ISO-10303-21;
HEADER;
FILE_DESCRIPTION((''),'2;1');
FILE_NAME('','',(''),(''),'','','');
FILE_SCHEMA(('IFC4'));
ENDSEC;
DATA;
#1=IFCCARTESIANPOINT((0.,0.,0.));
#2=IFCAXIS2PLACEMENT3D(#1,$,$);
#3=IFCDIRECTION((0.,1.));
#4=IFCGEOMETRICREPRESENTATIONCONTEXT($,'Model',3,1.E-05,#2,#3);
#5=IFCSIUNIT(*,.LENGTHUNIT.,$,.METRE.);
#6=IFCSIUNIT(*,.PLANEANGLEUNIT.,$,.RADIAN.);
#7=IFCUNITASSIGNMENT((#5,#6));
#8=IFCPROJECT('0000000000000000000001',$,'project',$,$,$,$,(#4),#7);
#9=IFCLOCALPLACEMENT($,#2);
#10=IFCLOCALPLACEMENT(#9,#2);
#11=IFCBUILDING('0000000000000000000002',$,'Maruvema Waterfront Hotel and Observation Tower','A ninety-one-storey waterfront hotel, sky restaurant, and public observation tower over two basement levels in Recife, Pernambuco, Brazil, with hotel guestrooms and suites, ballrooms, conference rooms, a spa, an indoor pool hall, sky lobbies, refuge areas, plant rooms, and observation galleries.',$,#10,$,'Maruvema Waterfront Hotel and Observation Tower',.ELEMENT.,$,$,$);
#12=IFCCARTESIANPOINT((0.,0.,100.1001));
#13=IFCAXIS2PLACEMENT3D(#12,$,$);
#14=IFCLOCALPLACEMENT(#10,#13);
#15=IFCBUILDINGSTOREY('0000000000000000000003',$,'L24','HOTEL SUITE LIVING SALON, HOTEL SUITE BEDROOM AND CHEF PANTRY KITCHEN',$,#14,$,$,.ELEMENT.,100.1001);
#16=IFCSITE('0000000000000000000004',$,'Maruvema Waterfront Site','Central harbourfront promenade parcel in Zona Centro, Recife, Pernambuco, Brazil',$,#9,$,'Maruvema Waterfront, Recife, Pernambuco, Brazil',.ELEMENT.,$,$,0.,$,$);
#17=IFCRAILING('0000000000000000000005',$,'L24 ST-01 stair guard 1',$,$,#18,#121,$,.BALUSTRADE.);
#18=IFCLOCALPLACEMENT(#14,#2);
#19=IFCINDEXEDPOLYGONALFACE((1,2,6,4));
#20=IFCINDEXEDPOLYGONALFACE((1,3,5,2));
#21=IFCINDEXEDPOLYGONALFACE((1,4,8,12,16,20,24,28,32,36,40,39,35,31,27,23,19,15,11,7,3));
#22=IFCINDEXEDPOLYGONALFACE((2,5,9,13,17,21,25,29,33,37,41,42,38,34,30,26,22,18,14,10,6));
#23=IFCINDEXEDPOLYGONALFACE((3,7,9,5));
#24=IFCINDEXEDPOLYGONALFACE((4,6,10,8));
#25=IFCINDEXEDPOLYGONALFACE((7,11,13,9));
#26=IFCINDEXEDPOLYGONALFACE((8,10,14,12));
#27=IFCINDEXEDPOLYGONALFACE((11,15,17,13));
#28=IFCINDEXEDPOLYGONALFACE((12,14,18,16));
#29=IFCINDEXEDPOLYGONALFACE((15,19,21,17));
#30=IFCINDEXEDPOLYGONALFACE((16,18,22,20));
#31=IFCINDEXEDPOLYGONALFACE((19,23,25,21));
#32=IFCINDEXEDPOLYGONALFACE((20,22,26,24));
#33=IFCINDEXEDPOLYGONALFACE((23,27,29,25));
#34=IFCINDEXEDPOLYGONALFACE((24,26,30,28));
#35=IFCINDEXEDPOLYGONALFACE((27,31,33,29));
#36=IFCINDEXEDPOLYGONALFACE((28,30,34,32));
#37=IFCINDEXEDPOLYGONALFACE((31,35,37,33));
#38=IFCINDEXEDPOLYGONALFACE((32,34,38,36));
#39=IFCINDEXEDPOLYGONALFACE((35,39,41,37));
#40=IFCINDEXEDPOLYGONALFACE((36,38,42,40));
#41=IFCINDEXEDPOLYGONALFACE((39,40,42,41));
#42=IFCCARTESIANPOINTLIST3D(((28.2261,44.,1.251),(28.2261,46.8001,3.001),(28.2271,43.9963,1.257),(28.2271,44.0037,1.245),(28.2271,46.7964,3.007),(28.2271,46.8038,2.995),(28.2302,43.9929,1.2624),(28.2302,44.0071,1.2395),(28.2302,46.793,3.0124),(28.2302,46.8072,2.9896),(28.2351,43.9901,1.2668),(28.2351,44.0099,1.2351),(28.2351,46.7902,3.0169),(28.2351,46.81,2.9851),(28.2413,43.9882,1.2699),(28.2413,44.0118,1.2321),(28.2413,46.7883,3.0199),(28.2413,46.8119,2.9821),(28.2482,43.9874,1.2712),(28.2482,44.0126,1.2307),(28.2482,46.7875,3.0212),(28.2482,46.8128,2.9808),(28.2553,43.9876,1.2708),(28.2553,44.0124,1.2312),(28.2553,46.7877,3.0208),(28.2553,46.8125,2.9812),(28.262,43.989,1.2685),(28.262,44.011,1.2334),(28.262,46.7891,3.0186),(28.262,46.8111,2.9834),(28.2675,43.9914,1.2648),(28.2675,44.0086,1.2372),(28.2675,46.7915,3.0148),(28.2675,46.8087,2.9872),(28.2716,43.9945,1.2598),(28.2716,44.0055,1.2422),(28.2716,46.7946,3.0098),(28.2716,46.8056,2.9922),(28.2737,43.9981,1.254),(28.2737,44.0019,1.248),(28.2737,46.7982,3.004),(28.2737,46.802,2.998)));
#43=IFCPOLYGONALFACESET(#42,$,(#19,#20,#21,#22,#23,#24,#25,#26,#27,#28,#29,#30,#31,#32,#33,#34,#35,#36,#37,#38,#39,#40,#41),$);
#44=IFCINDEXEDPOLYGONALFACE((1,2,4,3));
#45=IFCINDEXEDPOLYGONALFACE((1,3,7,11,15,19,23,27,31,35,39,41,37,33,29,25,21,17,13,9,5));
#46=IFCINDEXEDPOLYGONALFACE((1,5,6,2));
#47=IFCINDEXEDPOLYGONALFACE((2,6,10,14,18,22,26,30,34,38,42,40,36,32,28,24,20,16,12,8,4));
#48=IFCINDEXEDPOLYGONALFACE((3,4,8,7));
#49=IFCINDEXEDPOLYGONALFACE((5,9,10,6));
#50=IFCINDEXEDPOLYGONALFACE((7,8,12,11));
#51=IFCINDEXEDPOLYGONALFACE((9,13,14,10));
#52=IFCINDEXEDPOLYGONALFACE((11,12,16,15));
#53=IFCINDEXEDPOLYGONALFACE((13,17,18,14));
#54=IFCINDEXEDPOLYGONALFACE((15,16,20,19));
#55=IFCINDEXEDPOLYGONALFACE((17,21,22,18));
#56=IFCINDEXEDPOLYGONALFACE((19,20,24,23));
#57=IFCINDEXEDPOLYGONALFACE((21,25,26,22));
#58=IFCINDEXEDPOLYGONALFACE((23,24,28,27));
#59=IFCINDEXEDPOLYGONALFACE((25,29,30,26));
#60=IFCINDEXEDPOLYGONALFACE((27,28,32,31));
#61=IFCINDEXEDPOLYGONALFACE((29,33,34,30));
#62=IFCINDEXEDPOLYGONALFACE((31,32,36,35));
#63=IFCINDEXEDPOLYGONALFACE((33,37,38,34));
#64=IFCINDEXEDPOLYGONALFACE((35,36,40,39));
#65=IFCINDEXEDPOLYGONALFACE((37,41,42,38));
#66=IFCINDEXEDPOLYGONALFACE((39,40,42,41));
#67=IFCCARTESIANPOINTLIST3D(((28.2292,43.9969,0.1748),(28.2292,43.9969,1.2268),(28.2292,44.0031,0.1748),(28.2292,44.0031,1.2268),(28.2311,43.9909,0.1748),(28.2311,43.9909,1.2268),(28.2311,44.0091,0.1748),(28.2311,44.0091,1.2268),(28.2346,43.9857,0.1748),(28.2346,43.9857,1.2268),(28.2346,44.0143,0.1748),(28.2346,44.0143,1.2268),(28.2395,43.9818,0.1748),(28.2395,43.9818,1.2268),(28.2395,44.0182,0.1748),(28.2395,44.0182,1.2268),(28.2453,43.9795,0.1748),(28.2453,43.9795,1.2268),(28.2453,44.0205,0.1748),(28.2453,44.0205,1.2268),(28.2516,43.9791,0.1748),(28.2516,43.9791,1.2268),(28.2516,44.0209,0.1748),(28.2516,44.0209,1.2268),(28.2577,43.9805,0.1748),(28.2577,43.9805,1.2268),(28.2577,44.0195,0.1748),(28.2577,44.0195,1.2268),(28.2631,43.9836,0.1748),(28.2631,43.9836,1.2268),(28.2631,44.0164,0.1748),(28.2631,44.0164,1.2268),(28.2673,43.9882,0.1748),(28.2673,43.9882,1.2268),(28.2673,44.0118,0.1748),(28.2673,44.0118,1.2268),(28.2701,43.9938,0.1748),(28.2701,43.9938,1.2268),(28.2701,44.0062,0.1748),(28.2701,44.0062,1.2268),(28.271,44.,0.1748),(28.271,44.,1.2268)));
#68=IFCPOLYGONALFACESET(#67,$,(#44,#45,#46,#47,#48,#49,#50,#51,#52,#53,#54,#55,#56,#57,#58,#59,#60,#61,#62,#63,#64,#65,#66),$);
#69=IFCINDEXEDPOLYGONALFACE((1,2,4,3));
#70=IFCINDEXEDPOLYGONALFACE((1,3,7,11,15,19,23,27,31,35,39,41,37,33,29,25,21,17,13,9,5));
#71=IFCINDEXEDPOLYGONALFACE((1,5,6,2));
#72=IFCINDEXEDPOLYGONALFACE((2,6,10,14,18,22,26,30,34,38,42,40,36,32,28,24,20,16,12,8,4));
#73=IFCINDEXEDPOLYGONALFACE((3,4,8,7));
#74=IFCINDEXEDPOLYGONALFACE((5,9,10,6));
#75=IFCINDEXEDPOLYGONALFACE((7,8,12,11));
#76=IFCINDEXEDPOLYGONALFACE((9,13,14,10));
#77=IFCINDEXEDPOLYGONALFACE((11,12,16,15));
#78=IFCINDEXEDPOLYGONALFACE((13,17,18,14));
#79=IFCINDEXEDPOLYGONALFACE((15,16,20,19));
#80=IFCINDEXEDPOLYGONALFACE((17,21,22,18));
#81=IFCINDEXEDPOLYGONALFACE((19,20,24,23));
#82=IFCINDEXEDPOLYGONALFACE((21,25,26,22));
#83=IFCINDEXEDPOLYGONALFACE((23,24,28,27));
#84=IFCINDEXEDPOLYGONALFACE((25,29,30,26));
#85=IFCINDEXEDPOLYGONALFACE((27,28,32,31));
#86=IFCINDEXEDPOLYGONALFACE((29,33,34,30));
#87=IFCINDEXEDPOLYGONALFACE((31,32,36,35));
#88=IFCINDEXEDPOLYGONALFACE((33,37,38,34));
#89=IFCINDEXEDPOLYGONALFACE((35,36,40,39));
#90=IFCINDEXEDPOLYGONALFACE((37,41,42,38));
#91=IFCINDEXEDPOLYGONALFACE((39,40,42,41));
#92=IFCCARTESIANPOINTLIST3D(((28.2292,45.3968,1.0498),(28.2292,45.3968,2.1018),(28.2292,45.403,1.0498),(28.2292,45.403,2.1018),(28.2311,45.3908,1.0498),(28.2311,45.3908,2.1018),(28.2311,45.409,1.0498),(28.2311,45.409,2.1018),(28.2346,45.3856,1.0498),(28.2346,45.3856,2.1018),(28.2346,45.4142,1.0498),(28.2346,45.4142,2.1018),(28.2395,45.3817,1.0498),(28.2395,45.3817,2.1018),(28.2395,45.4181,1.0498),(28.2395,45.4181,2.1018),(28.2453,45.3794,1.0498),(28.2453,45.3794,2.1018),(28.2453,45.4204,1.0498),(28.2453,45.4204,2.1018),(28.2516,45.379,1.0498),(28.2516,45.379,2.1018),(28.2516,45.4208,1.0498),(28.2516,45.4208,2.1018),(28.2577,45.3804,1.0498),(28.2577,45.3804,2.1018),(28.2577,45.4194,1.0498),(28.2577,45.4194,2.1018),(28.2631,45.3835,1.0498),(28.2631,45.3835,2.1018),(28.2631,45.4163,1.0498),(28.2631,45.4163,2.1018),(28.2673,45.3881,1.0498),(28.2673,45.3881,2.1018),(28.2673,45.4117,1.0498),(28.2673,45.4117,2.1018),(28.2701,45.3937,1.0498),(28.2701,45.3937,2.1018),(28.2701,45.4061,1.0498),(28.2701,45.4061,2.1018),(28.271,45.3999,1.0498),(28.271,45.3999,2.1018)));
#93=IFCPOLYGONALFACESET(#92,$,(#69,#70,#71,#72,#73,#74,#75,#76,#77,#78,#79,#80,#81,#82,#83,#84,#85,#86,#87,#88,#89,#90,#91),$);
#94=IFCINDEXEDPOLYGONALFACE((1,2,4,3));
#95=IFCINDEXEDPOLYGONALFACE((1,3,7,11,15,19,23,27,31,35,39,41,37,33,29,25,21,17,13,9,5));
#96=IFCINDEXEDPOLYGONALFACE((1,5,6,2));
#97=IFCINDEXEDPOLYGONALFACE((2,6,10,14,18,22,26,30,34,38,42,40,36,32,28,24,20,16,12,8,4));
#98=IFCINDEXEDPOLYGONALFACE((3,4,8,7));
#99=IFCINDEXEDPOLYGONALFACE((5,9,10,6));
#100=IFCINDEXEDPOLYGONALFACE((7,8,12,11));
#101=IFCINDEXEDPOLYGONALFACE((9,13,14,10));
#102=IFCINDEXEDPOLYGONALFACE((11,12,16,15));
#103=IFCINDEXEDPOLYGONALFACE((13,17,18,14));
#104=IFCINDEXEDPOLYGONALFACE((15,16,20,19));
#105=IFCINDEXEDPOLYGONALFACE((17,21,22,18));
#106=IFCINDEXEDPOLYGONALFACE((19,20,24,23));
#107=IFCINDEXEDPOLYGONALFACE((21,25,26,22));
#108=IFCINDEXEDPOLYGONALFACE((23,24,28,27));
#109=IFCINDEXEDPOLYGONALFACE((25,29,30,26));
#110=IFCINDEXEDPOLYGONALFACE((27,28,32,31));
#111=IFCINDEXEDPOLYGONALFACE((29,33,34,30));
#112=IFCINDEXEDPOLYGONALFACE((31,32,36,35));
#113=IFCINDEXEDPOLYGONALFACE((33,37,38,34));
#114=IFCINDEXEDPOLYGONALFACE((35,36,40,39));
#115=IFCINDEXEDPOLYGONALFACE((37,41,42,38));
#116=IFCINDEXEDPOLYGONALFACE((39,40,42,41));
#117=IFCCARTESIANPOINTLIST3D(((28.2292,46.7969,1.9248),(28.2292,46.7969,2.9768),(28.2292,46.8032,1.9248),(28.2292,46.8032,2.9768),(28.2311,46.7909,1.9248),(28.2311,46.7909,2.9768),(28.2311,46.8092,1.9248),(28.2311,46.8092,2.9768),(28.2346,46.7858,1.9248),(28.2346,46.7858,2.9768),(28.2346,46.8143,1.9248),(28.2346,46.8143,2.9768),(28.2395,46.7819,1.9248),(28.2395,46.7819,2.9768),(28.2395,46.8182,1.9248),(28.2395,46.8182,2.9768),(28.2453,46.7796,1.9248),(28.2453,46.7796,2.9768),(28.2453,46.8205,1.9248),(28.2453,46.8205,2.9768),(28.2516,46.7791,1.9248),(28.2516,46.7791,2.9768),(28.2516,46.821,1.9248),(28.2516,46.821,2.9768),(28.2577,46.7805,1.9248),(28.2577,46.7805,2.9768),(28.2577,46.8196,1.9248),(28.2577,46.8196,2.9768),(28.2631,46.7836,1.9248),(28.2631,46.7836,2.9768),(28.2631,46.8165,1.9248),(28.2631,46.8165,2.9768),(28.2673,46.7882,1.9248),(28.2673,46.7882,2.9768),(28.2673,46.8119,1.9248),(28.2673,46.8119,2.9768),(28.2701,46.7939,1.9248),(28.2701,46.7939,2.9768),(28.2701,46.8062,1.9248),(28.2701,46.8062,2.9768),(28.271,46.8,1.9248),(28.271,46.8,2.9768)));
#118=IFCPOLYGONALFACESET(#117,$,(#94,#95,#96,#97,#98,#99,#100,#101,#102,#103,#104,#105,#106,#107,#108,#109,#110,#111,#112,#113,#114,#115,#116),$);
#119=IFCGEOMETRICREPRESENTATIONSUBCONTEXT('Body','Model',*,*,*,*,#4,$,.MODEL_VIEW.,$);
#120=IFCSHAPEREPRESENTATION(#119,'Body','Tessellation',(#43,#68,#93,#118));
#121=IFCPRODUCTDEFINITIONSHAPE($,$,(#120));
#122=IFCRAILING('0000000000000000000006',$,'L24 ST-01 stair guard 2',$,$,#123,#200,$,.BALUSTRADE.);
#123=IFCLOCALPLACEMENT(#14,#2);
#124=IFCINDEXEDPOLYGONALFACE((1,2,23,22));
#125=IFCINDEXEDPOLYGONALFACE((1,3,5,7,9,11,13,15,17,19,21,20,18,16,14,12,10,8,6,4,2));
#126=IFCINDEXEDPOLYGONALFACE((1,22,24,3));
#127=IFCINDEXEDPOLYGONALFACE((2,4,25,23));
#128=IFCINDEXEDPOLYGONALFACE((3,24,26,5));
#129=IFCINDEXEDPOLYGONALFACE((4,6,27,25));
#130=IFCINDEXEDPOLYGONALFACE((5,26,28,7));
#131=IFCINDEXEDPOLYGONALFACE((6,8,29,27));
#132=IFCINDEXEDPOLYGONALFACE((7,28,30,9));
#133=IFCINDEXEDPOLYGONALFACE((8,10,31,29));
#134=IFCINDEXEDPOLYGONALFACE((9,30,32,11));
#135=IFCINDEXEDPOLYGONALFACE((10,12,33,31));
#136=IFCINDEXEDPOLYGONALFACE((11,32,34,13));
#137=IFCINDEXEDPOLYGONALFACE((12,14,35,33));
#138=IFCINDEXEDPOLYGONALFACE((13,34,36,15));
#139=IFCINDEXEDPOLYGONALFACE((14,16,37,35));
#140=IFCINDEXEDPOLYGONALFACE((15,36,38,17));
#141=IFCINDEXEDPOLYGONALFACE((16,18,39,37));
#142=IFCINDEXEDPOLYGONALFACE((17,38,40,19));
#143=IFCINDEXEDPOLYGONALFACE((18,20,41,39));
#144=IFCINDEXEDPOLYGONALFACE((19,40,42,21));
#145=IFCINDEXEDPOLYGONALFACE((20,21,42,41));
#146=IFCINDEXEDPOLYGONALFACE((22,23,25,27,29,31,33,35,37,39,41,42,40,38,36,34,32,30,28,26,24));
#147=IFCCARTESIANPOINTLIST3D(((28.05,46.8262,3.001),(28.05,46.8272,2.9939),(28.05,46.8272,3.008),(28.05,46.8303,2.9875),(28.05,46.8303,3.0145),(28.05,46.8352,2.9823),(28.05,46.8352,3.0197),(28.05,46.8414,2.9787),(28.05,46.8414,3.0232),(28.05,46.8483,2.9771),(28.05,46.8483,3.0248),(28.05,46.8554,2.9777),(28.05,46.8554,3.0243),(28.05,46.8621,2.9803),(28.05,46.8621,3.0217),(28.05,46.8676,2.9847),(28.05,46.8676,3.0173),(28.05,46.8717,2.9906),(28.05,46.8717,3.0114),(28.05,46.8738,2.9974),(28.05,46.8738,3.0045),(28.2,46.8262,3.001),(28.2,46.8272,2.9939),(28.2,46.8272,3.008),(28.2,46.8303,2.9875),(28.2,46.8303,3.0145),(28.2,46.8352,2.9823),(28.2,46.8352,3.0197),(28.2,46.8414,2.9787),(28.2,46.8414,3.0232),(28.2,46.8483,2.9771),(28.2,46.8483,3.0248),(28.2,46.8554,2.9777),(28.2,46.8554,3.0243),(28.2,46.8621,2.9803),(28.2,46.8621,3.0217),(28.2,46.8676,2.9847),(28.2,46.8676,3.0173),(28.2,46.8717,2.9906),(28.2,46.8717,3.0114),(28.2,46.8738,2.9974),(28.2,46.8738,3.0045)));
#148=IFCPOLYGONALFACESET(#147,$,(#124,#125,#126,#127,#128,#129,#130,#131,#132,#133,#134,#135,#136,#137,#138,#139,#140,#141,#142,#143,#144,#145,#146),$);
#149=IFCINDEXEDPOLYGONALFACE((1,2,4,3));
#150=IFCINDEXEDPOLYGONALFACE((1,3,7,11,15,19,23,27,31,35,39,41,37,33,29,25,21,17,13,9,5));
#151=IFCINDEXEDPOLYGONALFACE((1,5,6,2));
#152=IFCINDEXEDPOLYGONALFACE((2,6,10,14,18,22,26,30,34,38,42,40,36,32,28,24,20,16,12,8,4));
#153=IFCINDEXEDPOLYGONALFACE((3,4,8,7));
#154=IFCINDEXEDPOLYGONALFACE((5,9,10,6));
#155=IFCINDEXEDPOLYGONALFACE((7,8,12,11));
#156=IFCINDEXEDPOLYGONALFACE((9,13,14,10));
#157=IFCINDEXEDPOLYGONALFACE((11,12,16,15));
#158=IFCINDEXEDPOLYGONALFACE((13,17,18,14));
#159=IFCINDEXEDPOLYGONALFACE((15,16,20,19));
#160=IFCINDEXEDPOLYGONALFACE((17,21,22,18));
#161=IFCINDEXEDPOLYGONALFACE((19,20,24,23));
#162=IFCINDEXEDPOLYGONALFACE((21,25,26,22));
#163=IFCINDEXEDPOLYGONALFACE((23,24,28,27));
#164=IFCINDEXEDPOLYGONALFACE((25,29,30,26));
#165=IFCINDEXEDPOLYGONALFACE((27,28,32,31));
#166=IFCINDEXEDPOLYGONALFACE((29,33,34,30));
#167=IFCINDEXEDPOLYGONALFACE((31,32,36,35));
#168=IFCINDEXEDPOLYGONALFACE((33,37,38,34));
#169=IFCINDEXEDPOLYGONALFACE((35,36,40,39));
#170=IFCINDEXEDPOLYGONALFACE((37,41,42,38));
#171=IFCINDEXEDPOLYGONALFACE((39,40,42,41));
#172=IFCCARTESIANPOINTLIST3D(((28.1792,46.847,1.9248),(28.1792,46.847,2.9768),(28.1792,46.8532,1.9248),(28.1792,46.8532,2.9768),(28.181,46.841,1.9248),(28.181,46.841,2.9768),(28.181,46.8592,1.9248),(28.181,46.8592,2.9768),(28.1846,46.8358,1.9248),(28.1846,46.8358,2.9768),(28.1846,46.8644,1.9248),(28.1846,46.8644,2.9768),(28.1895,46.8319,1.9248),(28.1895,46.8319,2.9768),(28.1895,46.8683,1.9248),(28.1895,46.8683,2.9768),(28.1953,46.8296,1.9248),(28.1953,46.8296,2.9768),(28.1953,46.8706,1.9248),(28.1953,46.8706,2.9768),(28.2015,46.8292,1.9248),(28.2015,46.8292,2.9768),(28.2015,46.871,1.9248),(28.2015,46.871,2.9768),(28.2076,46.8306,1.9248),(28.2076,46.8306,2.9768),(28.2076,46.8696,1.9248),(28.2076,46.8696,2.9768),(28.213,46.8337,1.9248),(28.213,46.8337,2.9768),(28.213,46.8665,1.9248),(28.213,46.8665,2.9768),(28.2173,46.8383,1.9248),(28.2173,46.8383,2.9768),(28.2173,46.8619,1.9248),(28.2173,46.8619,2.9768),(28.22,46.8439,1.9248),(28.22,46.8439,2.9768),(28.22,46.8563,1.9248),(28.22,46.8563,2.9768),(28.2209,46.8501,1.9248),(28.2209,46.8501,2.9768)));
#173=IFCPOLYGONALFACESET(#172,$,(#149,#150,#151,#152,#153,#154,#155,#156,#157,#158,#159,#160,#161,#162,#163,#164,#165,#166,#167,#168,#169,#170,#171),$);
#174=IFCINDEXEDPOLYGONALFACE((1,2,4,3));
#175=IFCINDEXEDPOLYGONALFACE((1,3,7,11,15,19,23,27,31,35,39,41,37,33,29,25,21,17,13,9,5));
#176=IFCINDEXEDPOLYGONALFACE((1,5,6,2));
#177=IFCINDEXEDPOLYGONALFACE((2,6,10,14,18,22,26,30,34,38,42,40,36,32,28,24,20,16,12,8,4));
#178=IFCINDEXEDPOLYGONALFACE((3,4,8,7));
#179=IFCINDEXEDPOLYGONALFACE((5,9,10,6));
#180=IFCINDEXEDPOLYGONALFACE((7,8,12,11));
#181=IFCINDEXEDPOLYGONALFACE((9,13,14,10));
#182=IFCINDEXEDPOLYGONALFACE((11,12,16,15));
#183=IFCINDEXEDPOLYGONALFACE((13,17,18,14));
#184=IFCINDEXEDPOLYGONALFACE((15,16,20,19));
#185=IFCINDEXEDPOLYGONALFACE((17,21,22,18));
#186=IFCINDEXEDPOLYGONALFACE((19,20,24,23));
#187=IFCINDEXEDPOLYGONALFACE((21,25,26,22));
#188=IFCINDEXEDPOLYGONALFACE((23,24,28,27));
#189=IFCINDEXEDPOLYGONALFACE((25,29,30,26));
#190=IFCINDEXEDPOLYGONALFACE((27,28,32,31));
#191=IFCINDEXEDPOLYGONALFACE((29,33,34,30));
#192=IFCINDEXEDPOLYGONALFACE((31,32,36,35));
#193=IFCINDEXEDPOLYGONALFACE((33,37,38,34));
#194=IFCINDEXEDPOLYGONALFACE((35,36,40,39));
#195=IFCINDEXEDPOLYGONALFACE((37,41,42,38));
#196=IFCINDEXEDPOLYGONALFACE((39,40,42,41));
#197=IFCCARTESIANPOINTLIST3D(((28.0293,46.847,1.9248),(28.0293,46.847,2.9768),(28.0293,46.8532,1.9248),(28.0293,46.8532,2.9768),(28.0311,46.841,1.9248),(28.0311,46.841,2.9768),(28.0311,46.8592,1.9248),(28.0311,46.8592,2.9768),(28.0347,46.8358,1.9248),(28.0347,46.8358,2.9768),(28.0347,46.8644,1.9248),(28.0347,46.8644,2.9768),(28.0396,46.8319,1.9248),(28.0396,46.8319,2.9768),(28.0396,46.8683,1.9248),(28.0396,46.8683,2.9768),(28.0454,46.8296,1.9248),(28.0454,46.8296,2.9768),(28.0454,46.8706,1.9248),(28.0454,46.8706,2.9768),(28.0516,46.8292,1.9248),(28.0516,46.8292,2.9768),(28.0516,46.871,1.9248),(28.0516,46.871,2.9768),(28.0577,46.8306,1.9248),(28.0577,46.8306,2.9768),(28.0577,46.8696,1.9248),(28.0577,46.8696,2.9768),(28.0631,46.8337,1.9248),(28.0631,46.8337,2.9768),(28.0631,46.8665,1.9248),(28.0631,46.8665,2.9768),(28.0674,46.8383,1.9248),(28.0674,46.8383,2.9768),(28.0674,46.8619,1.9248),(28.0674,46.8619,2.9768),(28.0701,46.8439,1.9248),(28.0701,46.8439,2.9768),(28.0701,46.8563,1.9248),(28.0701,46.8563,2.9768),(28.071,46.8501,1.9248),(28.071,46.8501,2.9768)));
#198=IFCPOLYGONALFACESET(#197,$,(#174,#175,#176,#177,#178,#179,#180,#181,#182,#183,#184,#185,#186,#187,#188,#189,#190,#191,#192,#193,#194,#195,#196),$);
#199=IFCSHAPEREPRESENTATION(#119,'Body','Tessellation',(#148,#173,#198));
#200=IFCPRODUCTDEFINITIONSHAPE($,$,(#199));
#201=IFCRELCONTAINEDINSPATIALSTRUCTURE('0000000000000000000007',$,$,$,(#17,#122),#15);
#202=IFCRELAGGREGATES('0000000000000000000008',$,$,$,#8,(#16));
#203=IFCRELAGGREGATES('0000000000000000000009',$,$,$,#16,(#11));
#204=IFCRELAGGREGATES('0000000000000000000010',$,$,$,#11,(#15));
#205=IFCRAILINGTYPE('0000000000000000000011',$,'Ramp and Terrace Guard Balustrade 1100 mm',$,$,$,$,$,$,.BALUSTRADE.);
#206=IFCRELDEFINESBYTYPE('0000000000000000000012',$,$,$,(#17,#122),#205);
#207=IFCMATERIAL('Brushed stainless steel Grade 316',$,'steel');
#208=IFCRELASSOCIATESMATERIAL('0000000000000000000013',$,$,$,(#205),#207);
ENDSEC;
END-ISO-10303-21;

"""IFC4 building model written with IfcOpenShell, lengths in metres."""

from ifc_helpers import new_model, si_unit, direction, frame, origin, origin_2d, place, context, subcontext, project, spatial, circle, extrude, material, type_object, element, save


model = new_model("IFC4")

# Units and contexts
model_context = context("Model", 3, precision=1e-05, world=origin(), true_north=direction((0.0, 1.0)))
body_context = subcontext(model_context, "Body", "Model", "MODEL_VIEW")
ifc_project = project(units=[si_unit("LENGTHUNIT", "METRE"), si_unit("PLANEANGLEUNIT", "RADIAN")], contexts=[model_context])

# Site, building, storey
site_placement = place(None, origin())
site = spatial("IfcSite", under=ifc_project, at=site_placement, Name="Maruvema Waterfront Site", Description="Central harbourfront promenade parcel in Zona Centro, Recife, Pernambuco, Brazil", LongName="Maruvema Waterfront, Recife, Pernambuco, Brazil", CompositionType="ELEMENT", RefElevation=0.0)
building_placement = place(site_placement, origin())
building = spatial("IfcBuilding", under=site, at=building_placement, Name="Maruvema Waterfront Hotel and Observation Tower", Description="A ninety-one-storey waterfront hotel, sky restaurant, and public observation tower over two basement levels in Recife, Pernambuco, Brazil, with hotel guestrooms and suites, ballrooms, conference rooms, a spa, an indoor pool hall, sky lobbies, refuge areas, plant rooms, and observation galleries.", LongName="Maruvema Waterfront Hotel and Observation Tower", CompositionType="ELEMENT")
storey_placement = place(building_placement, frame((0.0, 0.0, 100.1001)))
storey = spatial("IfcBuildingStorey", under=building, at=storey_placement, Name="L24", Description="HOTEL SUITE LIVING SALON, HOTEL SUITE BEDROOM AND CHEF PANTRY KITCHEN", CompositionType="ELEMENT", Elevation=100.1001)

# Railings
ifc_material_1 = material(Name="Brushed stainless steel Grade 316", Category="steel")
railing_type_1 = type_object("IfcRailingType", Name="Ramp and Terrace Guard Balustrade 1100 mm", PredefinedType="BALUSTRADE", material=ifc_material_1)
railing_1_placement = place(storey_placement, frame((28.25, 44.0, 0.1748)))
element("IfcRailing", 1, at=railing_1_placement, inside=storey, type_object=railing_type_1, Name="L24 ST-01 stair guard 1", PredefinedType="BALUSTRADE", context=body_context, shape_type="SweptSolid", body=[
    extrude(circle(Radius=0.0239, at=origin_2d()), frame((0.0, 0.0, 1.0762), z_axis=(0.0, 0.848002, 0.529992), x_axis=(-1.0, 0.0, 0.0)), (0.0, 0.0, 1.0), 3.302),
    extrude(circle(Radius=0.021, at=origin_2d()), origin(), (0.0, 0.0, 1.0), 1.052),
    extrude(circle(Radius=0.021, at=origin_2d()), frame((0.0, 1.3999, 0.875)), (0.0, 0.0, 1.0), 1.052),
    extrude(circle(Radius=0.021, at=origin_2d()), frame((0.0, 2.8, 1.75)), (0.0, 0.0, 1.0), 1.052),
])
railing_2_placement = place(storey_placement, frame((28.2, 46.8501, 1.9248)))
element("IfcRailing", 2, at=railing_2_placement, inside=storey, type_object=railing_type_1, Name="L24 ST-01 stair guard 2", PredefinedType="BALUSTRADE", context=body_context, shape_type="SweptSolid", body=[
    extrude(circle(Radius=0.0239, at=origin_2d()), frame((0.0, 0.0, 1.0762), z_axis=(-1.0, 0.0, 0.0), x_axis=(0.0, -1.0, 0.0)), (0.0, 0.0, 1.0), 0.1499),
    extrude(circle(Radius=0.021, at=origin_2d()), origin(), (0.0, 0.0, 1.0), 1.052),
    extrude(circle(Radius=0.021, at=origin_2d()), frame((-0.1499, 0.0, 0.0)), (0.0, 0.0, 1.0), 1.052),
])

save(model, "model.ifc")
